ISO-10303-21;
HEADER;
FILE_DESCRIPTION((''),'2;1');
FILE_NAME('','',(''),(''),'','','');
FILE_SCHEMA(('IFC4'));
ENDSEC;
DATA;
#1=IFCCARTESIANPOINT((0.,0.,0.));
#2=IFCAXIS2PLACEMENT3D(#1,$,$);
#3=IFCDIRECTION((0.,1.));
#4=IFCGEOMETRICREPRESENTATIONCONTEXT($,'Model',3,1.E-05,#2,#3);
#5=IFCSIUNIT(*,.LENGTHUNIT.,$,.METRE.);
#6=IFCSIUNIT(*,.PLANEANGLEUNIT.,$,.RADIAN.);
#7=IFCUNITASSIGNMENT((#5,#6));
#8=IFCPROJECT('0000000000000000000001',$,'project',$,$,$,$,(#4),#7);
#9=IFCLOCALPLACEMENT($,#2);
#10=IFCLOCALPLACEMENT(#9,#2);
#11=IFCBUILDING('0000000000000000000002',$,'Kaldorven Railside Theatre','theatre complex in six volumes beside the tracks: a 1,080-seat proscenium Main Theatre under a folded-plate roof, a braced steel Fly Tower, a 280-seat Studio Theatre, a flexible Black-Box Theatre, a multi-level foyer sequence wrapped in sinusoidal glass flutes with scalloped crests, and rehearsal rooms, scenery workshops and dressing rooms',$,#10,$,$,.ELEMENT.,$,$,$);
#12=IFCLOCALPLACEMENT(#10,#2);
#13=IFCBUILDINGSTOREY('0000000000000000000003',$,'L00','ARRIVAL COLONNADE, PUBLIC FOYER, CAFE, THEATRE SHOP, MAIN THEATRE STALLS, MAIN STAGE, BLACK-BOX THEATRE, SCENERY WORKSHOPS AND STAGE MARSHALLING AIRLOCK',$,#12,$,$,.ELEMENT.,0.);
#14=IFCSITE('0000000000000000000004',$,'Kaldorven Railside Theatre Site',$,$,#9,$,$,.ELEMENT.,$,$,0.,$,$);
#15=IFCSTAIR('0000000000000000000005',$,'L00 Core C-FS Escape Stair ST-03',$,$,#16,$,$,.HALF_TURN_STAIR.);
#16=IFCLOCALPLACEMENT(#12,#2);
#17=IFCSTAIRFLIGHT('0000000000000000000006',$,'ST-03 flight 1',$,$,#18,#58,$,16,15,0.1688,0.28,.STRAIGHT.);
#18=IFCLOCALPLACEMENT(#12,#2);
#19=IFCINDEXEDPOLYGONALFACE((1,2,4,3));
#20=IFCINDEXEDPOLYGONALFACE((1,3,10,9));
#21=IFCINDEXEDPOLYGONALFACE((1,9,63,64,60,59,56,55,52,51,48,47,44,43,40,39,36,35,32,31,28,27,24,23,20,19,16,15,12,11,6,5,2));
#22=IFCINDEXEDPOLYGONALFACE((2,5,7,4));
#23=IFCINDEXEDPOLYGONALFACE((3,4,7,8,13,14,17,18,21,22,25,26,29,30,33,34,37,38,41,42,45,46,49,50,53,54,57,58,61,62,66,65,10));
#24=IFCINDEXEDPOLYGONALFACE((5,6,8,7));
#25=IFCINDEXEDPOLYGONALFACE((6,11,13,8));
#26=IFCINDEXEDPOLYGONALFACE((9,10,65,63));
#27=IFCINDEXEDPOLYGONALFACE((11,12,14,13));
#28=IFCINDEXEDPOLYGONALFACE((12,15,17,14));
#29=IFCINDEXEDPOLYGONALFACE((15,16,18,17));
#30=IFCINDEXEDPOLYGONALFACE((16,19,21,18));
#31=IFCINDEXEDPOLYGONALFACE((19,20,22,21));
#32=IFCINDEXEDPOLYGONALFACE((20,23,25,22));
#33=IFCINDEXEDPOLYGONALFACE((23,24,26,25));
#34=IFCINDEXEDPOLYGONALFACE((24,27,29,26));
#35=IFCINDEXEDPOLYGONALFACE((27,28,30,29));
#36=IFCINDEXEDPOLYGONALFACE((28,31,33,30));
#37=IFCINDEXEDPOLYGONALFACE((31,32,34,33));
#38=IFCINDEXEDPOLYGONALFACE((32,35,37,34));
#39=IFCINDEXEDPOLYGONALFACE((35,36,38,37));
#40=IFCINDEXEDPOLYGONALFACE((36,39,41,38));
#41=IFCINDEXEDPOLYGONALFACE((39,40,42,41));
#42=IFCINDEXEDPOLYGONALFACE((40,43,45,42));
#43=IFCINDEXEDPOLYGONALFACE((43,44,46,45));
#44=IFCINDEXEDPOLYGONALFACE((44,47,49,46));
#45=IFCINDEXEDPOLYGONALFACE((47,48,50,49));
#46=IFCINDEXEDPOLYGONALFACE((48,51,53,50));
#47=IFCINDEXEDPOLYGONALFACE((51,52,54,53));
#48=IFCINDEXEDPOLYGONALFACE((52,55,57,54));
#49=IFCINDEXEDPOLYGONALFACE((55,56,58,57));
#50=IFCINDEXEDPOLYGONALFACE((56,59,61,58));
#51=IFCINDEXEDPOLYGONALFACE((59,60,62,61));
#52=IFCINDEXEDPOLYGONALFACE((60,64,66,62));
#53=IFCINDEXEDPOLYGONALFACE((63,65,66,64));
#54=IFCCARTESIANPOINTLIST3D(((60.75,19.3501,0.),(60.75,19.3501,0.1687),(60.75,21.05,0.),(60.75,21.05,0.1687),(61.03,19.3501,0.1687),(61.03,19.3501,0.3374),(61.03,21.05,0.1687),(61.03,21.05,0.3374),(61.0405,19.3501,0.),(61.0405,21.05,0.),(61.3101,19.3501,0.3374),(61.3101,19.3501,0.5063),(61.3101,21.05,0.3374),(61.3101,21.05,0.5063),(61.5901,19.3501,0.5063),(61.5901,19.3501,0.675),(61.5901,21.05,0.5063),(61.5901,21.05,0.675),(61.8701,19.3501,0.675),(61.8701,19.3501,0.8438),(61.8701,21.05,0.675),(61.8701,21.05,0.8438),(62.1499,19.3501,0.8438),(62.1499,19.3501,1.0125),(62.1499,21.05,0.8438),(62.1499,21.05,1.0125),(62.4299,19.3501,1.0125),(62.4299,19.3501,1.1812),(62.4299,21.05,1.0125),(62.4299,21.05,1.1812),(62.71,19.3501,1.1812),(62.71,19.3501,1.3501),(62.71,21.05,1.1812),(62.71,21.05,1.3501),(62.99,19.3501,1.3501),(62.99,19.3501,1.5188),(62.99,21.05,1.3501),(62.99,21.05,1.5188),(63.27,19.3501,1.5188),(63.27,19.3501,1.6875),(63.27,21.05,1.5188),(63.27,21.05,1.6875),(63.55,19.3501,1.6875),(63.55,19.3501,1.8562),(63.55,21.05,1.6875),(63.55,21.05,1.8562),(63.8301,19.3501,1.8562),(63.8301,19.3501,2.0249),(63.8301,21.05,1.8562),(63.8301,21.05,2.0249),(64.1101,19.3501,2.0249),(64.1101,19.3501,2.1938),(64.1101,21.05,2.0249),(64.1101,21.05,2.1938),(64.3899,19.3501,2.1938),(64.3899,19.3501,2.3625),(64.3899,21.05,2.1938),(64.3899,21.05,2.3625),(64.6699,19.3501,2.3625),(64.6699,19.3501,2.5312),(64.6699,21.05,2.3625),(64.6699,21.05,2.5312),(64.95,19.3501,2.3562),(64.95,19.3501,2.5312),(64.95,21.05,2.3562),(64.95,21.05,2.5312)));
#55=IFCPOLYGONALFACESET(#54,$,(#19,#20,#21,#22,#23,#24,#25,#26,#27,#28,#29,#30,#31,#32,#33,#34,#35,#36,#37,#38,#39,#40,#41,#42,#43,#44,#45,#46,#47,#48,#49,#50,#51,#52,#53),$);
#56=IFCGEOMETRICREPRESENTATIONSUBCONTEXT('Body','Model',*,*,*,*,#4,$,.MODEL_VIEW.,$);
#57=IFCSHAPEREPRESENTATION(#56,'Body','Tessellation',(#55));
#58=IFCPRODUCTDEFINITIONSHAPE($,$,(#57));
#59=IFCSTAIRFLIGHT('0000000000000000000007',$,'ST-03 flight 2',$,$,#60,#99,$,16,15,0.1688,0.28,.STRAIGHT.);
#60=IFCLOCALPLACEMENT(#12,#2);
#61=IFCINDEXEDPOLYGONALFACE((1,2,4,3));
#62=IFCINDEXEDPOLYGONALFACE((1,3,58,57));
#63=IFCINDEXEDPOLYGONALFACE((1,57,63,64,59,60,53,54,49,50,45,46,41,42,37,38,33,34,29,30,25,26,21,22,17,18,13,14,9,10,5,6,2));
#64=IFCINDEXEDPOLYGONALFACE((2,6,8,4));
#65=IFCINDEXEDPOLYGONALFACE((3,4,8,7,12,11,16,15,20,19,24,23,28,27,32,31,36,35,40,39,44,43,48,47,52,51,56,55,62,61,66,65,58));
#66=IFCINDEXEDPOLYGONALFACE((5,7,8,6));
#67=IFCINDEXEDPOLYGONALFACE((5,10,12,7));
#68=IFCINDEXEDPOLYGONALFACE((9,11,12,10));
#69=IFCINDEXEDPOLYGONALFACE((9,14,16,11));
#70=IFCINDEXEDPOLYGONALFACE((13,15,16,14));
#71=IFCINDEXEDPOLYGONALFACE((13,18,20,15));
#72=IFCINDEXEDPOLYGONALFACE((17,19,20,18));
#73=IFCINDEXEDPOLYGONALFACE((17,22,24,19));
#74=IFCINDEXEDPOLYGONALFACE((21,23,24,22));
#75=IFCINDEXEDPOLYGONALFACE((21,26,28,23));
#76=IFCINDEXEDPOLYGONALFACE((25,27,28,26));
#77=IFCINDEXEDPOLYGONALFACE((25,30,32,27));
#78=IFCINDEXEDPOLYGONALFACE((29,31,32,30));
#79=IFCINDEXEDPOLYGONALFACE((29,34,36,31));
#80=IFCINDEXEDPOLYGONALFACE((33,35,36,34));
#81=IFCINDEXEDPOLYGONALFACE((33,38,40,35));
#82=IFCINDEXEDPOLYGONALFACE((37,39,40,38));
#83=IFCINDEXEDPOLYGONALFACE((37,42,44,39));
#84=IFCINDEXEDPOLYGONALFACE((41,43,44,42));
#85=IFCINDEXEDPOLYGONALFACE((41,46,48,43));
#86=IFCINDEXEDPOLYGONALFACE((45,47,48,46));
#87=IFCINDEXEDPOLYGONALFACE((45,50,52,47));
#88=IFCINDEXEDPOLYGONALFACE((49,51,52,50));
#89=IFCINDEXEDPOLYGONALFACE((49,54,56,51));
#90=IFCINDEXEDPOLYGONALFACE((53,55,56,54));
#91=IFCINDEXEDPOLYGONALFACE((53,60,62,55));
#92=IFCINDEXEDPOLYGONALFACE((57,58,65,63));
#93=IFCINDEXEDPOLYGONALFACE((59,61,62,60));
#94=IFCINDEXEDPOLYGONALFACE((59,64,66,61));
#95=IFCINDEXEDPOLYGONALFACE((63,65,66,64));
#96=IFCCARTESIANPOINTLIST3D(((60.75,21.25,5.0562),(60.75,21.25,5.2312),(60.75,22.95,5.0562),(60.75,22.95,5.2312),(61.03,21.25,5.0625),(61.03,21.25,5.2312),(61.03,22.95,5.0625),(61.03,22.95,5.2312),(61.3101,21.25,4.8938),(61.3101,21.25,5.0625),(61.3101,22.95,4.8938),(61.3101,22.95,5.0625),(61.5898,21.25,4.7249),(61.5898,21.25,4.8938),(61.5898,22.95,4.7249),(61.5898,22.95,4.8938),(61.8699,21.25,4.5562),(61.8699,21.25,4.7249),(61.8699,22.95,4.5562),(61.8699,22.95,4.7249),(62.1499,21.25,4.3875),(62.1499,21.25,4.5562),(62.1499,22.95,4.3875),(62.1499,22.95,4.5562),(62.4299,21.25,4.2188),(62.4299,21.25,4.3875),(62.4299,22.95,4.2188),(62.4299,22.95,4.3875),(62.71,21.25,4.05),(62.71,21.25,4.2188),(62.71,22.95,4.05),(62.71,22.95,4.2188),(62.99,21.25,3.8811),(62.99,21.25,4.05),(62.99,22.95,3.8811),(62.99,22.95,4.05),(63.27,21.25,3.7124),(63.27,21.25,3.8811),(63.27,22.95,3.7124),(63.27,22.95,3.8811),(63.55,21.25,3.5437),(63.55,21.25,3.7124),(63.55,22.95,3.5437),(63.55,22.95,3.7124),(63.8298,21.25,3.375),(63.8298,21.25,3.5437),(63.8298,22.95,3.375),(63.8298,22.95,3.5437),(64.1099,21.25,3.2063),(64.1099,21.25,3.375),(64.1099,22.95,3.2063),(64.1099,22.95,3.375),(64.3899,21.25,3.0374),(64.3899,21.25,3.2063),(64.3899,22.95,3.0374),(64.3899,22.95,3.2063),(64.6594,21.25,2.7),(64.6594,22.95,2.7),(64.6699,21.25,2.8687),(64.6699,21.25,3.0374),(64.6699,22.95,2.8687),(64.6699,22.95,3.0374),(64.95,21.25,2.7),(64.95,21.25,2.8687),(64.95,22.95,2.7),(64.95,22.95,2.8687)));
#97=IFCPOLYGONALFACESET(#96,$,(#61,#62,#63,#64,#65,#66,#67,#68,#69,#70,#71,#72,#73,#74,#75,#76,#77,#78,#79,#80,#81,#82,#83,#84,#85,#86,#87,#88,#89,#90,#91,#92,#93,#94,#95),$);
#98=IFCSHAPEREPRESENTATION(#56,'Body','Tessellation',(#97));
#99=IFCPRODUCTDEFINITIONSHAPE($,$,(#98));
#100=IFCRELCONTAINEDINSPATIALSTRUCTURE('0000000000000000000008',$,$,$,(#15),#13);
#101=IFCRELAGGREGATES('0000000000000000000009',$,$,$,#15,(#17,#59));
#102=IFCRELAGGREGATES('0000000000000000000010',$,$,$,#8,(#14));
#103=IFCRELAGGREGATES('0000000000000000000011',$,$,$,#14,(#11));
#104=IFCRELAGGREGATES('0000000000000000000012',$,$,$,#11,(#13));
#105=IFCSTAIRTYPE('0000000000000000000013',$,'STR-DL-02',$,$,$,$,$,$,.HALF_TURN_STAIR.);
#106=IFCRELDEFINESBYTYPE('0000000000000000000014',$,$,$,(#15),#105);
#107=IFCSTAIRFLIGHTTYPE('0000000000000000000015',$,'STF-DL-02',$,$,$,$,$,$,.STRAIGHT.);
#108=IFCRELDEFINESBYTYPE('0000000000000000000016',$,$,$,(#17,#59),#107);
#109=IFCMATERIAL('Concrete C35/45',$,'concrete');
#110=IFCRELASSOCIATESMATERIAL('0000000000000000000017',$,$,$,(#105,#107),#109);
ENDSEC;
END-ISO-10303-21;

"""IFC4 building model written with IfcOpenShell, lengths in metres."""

from ifc_helpers import new_model, si_unit, direction, frame, origin, place, context, subcontext, project, spatial, polyline, outline, extrude, material, type_object, element, aggregate, save


model = new_model("IFC4")

# Units and contexts
model_context = context("Model", 3, precision=1e-05, world=origin(), true_north=direction((0.0, 1.0)))
body_context = subcontext(model_context, "Body", "Model", "MODEL_VIEW")
ifc_project = project(units=[si_unit("LENGTHUNIT", "METRE"), si_unit("PLANEANGLEUNIT", "RADIAN")], contexts=[model_context])

# Site, building, storey
site_placement = place(None, origin())
site = spatial("IfcSite", under=ifc_project, at=site_placement, Name="Kaldorven Railside Theatre Site", CompositionType="ELEMENT", RefElevation=0.0)
building_placement = place(site_placement, origin())
building = spatial("IfcBuilding", under=site, at=building_placement, Name="Kaldorven Railside Theatre", Description="theatre complex in six volumes beside the tracks: a 1,080-seat proscenium Main Theatre under a folded-plate roof, a braced steel Fly Tower, a 280-seat Studio Theatre, a flexible Black-Box Theatre, a multi-level foyer sequence wrapped in sinusoidal glass flutes with scalloped crests, and rehearsal rooms, scenery workshops and dressing rooms", CompositionType="ELEMENT")
storey_placement = place(building_placement, origin())
storey = spatial("IfcBuildingStorey", under=building, at=storey_placement, Name="L00", Description="ARRIVAL COLONNADE, PUBLIC FOYER, CAFE, THEATRE SHOP, MAIN THEATRE STALLS, MAIN STAGE, BLACK-BOX THEATRE, SCENERY WORKSHOPS AND STAGE MARSHALLING AIRLOCK", CompositionType="ELEMENT", Elevation=0.0)

# Stair, stair flights
ifc_material_1 = material(Name="Concrete C35/45", Category="concrete")
stair_type = type_object("IfcStairType", Name="STR-DL-02", PredefinedType="HALF_TURN_STAIR", material=ifc_material_1)
stair_placement = place(storey_placement, origin())
stair = element("IfcStair", 1, at=stair_placement, inside=storey, type_object=stair_type, Name="L00 Core C-FS Escape Stair ST-03", PredefinedType="HALF_TURN_STAIR")
stair_flight_type = type_object("IfcStairFlightType", Name="STF-DL-02", PredefinedType="STRAIGHT", material=ifc_material_1)
stair_flight_1_placement = place(storey_placement, frame((60.75, 20.2, 0.0), z_axis=(0.0, 0.0, 1.0), x_axis=(1.0, 0.0, 0.0)))
stair_flight_1 = element("IfcStairFlight", 2, at=stair_flight_1_placement, type_object=stair_flight_type, Name="ST-03 flight 1", NumberOfRisers=16, NumberOfTreads=15, PredefinedType="STRAIGHT", RiserHeight=0.1688, TreadLength=0.28, context=body_context, shape_type="SweptSolid", body=[
    extrude(outline(polyline([(0.0, 0.0), (0.0, 0.1687), (0.28, 0.1687), (0.28, 0.3374), (0.5601, 0.3374), (0.5601, 0.5063), (0.8401, 0.5063), (0.8401, 0.675), (1.1201, 0.675), (1.1201, 0.8438), (1.3999, 0.8438), (1.3999, 1.0125), (1.6799, 1.0125), (1.6799, 1.1812), (1.96, 1.1812), (1.96, 1.3501), (2.24, 1.3501), (2.24, 1.5188), (2.52, 1.5188), (2.52, 1.6875), (2.8, 1.6875), (2.8, 1.8562), (3.0801, 1.8562), (3.0801, 2.0249), (3.3601, 2.0249), (3.3601, 2.1938), (3.6399, 2.1938), (3.6399, 2.3625), (3.9199, 2.3625), (3.9199, 2.5312), (4.2, 2.5312), (4.2, 2.7), (4.2, 2.3562), (0.2905, 0.0), (0.0, 0.0)])), frame((0.0, 0.8501, 0.0), z_axis=(0.0, -1.0, 0.0), x_axis=(1.0, 0.0, 0.0)), (0.0, 0.0, 1.0), 1.7),
])
stair_flight_2_placement = place(storey_placement, frame((64.95, 22.1001, 2.7), z_axis=(0.0, 0.0, 1.0), x_axis=(-1.0, 0.0, 0.0)))
stair_flight_2 = element("IfcStairFlight", 3, at=stair_flight_2_placement, type_object=stair_flight_type, Name="ST-03 flight 2", NumberOfRisers=16, NumberOfTreads=15, PredefinedType="STRAIGHT", RiserHeight=0.1688, TreadLength=0.28, context=body_context, shape_type="SweptSolid", body=[
    extrude(outline(polyline([(0.0, 0.0), (0.0, 0.1687), (0.28, 0.1687), (0.28, 0.3374), (0.5601, 0.3374), (0.5601, 0.5063), (0.8401, 0.5063), (0.8401, 0.675), (1.1201, 0.675), (1.1201, 0.8438), (1.3999, 0.8438), (1.3999, 1.0125), (1.6799, 1.0125), (1.6799, 1.1812), (1.96, 1.1812), (1.96, 1.3501), (2.24, 1.3501), (2.24, 1.5188), (2.52, 1.5188), (2.52, 1.6875), (2.8, 1.6875), (2.8, 1.8562), (3.0801, 1.8562), (3.0801, 2.0249), (3.3601, 2.0249), (3.3601, 2.1938), (3.6399, 2.1938), (3.6399, 2.3625), (3.9199, 2.3625), (3.9199, 2.5312), (4.2, 2.5312), (4.2, 2.7), (4.2, 2.3562), (0.2905, 0.0), (0.0, 0.0)])), frame((0.0, 0.8501, 0.0), z_axis=(0.0, -1.0, 0.0), x_axis=(1.0, 0.0, 0.0)), (0.0, 0.0, 1.0), 1.7),
])
aggregate(stair, [stair_flight_1, stair_flight_2])

save(model, "model.ifc")
